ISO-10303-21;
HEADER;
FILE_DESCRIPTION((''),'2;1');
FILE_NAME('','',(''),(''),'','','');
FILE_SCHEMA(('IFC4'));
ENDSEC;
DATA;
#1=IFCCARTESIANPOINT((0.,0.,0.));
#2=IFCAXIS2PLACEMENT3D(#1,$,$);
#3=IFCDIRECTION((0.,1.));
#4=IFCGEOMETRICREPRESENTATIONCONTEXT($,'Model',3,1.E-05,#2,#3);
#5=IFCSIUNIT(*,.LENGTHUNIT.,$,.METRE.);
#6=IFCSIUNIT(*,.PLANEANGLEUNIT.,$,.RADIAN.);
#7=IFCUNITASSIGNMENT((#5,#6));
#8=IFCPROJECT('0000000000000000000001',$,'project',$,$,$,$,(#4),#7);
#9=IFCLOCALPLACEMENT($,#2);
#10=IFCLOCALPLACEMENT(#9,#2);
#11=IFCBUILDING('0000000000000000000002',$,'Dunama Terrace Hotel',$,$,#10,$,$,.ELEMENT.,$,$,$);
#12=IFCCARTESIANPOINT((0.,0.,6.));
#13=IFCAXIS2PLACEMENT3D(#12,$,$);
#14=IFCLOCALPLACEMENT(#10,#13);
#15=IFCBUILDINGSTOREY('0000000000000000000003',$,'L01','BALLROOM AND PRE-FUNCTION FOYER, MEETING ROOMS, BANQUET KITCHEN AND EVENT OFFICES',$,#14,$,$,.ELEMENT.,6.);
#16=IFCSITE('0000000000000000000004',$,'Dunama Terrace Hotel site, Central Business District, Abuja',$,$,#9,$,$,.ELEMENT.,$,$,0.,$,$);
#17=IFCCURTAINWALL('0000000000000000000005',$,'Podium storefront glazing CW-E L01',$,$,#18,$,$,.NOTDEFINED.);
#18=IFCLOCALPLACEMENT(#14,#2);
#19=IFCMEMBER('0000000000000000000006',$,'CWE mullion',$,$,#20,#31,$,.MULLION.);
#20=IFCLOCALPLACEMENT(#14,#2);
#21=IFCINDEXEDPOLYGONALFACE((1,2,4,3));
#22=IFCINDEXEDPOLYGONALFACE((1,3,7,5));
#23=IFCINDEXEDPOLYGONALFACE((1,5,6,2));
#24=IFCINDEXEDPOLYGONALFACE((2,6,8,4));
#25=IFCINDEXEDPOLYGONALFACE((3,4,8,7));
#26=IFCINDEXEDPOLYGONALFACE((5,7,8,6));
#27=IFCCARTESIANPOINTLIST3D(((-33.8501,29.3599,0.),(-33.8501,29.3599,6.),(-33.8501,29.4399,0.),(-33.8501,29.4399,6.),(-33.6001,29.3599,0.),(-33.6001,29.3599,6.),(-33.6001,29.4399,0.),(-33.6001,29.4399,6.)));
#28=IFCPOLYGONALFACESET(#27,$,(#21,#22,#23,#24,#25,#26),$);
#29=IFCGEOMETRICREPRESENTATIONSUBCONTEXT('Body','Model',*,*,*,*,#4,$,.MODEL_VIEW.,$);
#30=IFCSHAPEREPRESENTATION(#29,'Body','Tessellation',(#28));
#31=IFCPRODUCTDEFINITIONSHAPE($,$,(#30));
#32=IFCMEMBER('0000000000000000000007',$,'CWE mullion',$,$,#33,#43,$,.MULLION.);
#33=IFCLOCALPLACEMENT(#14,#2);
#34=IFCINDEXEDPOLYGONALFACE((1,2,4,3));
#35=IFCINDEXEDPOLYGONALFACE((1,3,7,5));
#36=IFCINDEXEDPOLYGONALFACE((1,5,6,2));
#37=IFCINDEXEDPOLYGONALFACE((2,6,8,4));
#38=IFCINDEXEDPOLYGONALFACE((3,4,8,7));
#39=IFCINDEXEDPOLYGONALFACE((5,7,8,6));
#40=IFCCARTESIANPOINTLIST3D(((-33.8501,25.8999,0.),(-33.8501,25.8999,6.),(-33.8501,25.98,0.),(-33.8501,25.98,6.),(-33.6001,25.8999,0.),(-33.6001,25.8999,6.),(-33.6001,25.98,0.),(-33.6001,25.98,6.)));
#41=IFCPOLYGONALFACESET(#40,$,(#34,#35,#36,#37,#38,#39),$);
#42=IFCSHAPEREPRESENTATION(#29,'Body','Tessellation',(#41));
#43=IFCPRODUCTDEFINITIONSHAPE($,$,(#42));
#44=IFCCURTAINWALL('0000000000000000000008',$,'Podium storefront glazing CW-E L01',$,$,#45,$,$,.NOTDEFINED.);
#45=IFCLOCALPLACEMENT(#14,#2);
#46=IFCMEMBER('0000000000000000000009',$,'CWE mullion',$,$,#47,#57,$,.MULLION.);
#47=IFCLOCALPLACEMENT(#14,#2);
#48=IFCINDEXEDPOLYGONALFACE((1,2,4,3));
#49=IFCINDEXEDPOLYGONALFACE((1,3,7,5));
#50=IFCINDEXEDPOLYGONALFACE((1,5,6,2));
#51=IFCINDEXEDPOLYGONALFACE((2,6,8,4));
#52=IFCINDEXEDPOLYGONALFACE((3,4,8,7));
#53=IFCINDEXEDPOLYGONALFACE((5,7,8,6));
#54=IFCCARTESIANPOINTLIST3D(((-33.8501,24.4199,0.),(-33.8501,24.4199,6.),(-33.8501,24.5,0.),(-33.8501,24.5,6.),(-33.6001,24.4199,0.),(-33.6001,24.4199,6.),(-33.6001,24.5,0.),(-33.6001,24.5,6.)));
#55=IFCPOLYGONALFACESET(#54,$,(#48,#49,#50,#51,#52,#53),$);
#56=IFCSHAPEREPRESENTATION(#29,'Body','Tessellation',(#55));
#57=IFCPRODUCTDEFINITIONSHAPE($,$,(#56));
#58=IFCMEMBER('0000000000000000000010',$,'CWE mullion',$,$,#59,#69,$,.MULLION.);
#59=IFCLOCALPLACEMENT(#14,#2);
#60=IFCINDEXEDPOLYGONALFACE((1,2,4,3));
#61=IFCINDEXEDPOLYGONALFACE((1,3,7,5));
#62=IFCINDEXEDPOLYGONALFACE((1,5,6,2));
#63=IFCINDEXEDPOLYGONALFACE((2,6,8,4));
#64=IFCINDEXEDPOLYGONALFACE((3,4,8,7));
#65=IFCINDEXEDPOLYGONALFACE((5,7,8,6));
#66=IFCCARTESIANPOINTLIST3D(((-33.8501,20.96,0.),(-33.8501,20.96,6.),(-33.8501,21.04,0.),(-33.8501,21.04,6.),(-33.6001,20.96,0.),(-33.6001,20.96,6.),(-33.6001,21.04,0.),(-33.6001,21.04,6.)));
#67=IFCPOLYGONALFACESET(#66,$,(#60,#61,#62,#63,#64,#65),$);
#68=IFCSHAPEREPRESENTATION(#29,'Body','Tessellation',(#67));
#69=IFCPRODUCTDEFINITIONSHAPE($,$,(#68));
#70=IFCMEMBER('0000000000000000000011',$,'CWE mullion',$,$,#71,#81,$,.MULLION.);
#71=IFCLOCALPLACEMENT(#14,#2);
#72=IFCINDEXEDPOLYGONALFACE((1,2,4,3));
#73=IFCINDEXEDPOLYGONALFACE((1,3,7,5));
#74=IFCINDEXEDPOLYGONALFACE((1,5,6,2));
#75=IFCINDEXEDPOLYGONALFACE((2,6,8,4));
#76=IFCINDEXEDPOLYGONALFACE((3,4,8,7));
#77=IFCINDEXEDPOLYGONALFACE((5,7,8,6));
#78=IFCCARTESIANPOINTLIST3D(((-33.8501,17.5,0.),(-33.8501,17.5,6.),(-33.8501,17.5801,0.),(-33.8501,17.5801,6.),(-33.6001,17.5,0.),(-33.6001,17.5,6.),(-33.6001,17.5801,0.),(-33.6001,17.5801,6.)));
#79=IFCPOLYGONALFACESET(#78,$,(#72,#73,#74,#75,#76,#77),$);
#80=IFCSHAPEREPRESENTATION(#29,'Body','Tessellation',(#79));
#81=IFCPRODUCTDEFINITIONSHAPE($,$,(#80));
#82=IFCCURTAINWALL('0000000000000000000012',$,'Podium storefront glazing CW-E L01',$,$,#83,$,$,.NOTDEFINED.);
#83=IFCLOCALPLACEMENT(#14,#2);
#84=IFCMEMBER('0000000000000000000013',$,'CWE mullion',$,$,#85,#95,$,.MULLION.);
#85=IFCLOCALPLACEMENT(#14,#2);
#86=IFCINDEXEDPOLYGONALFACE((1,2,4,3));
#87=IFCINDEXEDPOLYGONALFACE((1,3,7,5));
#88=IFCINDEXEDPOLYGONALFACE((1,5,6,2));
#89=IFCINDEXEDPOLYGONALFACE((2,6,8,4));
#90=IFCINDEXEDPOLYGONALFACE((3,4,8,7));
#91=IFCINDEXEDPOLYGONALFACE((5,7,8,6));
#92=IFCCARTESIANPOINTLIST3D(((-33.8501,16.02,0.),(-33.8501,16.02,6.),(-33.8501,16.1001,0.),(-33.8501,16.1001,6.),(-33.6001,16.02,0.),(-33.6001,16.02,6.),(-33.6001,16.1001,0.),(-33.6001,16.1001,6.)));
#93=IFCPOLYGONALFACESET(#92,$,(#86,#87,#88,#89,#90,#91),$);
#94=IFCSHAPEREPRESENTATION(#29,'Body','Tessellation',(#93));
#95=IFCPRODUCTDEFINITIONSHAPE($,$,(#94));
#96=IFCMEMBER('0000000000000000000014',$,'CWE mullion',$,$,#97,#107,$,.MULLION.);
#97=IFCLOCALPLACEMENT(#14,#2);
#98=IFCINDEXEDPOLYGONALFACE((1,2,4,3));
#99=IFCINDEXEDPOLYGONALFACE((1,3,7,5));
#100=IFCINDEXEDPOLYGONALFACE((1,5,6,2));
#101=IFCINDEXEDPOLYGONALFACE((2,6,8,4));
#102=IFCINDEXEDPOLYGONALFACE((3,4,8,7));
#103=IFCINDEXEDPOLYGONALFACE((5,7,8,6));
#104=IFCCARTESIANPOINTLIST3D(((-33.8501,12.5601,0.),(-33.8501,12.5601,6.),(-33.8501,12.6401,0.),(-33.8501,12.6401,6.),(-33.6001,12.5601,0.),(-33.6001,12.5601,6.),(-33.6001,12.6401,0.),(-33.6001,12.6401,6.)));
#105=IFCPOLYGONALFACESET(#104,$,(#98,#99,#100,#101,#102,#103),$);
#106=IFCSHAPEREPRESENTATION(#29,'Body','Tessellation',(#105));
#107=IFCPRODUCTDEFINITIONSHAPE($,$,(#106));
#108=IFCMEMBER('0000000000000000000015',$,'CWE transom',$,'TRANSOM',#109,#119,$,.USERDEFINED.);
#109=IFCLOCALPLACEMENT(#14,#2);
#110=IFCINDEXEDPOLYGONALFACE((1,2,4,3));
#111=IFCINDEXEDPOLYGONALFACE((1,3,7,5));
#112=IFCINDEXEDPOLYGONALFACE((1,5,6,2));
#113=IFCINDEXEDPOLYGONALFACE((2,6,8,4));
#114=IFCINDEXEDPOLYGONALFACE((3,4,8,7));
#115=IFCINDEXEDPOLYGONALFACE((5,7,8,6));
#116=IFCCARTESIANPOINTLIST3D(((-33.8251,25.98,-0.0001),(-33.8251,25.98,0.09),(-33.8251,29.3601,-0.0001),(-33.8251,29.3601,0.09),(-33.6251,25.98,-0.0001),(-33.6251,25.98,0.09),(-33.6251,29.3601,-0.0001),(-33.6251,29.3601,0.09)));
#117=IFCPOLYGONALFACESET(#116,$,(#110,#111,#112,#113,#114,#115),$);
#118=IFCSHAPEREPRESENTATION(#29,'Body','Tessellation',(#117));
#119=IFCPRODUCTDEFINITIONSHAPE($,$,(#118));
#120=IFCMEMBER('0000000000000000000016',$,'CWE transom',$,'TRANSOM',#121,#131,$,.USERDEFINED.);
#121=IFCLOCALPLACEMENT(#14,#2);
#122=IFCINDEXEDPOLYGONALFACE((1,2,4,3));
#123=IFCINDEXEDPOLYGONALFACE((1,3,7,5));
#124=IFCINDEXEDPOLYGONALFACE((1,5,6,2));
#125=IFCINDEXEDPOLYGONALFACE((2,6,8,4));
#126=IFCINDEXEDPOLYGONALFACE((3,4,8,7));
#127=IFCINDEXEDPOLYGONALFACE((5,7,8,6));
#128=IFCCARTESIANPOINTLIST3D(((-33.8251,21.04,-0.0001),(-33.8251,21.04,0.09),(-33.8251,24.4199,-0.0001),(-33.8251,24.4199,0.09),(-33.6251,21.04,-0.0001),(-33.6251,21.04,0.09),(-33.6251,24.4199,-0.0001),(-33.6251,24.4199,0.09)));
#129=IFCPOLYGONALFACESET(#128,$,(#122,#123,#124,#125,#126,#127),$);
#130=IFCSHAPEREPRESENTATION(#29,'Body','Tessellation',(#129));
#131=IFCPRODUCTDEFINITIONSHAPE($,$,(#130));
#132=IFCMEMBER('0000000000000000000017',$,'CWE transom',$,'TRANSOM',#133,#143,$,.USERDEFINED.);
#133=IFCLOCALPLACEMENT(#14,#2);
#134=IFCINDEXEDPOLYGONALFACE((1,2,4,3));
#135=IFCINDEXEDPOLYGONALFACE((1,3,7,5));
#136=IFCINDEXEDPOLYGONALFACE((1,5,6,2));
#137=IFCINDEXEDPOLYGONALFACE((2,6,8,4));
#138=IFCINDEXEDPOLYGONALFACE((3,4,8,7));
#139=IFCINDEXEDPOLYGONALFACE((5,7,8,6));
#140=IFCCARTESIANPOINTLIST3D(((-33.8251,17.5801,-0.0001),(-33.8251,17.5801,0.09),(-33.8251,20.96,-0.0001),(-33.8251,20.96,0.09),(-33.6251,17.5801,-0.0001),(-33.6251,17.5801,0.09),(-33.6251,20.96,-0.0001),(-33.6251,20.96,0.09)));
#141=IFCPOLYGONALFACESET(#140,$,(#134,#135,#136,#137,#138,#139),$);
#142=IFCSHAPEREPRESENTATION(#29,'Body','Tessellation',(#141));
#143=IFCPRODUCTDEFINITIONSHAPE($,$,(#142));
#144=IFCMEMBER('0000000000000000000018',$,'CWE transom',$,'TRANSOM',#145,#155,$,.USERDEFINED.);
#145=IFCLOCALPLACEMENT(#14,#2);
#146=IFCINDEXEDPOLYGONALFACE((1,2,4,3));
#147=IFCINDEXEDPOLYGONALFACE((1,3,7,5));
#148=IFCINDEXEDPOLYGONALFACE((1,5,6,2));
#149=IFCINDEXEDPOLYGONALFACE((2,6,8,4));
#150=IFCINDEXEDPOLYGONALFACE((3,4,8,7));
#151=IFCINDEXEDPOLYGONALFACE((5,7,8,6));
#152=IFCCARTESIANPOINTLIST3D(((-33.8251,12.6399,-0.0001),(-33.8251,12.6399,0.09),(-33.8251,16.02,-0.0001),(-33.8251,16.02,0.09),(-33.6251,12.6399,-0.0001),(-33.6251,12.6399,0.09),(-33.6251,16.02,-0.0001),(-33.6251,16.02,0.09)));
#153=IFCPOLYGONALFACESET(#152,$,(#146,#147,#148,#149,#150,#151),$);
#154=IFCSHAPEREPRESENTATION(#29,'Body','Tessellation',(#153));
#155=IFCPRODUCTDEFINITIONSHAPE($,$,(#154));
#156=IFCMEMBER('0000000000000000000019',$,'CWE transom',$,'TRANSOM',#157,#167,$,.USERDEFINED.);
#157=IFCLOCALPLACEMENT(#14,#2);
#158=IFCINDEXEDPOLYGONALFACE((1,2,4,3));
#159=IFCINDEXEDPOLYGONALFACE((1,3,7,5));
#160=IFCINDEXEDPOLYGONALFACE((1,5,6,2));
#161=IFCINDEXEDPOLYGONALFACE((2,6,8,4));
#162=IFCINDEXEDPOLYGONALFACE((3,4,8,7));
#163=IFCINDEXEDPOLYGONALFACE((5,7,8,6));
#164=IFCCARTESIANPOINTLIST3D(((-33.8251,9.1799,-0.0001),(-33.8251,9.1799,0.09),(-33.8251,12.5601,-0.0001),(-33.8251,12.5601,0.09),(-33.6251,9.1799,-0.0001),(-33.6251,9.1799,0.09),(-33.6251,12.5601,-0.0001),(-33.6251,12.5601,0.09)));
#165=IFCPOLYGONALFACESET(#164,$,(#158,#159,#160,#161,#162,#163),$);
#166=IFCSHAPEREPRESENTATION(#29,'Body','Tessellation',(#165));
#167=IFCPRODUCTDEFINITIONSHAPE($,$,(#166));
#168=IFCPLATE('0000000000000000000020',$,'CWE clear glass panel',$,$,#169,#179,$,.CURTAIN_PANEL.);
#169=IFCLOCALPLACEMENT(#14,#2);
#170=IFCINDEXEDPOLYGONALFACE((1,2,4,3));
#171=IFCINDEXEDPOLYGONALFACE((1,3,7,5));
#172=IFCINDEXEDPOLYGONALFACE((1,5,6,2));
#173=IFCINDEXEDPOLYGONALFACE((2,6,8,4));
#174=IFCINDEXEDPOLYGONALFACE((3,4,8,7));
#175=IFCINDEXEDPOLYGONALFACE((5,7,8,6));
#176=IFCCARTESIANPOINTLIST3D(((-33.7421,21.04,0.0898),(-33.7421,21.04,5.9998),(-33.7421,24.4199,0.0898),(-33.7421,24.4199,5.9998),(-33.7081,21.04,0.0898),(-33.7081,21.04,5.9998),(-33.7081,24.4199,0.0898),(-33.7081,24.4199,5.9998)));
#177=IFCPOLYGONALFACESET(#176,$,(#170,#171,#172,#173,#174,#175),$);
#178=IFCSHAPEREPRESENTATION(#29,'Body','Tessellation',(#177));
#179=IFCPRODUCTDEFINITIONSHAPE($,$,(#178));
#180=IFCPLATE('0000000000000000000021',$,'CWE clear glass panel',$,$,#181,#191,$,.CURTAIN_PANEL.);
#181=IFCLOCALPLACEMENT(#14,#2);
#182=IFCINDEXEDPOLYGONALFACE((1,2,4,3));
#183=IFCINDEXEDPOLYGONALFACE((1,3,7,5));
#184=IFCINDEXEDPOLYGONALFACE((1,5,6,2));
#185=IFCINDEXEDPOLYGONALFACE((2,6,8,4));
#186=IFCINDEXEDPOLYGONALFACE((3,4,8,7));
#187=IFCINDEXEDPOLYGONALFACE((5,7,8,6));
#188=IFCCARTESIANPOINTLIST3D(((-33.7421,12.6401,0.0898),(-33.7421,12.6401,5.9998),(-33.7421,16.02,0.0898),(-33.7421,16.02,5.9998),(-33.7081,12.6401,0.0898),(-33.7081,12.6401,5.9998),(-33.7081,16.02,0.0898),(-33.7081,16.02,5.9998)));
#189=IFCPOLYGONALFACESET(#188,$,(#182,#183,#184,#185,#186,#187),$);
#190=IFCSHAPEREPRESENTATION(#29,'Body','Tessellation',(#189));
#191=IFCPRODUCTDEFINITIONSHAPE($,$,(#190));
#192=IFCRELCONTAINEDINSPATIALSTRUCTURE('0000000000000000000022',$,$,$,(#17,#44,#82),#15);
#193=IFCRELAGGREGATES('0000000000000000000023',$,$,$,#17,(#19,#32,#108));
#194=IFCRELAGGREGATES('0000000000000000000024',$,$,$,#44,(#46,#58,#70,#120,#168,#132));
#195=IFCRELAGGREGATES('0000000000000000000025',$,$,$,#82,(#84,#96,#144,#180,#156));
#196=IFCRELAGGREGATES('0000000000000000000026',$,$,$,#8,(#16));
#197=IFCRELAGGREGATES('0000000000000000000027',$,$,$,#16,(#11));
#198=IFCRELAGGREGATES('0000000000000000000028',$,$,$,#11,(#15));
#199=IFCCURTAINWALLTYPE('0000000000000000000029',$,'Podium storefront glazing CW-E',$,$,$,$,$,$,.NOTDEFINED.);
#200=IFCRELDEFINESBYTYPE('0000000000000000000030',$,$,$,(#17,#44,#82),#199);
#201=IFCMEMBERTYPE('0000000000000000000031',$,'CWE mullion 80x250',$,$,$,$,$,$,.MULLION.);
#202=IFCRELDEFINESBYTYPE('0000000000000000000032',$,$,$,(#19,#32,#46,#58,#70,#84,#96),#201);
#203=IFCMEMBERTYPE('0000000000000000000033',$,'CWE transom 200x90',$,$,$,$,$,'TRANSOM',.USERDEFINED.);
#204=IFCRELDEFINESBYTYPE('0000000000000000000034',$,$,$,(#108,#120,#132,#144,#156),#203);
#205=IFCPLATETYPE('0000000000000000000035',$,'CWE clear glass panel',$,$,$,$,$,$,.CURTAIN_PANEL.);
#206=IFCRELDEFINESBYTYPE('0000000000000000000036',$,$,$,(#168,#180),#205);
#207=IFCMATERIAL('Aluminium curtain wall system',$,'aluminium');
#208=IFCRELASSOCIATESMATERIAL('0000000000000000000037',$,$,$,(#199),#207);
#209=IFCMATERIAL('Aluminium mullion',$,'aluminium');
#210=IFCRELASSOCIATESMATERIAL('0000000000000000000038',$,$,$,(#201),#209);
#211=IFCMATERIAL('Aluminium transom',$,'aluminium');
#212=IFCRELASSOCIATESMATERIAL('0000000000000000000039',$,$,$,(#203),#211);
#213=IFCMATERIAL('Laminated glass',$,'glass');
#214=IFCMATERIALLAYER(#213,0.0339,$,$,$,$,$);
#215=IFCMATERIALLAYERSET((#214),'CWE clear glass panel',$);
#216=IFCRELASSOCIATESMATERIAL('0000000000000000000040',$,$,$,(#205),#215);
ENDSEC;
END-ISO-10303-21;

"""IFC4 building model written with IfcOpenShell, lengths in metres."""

from ifc_helpers import new_model, si_unit, direction, frame, origin, origin_2d, place, context, subcontext, project, spatial, rectangle, extrude, material, layer, layer_set, material_profile, profile_set, type_object, element, aggregate, save


model = new_model("IFC4")

# Units and contexts
model_context = context("Model", 3, precision=1e-05, world=origin(), true_north=direction((0.0, 1.0)))
body_context = subcontext(model_context, "Body", "Model", "MODEL_VIEW")
ifc_project = project(units=[si_unit("LENGTHUNIT", "METRE"), si_unit("PLANEANGLEUNIT", "RADIAN")], contexts=[model_context])

# Site, building, storey
site_placement = place(None, origin())
site = spatial("IfcSite", under=ifc_project, at=site_placement, Name="Dunama Terrace Hotel site, Central Business District, Abuja", CompositionType="ELEMENT", RefElevation=0.0)
building_placement = place(site_placement, origin())
building = spatial("IfcBuilding", under=site, at=building_placement, Name="Dunama Terrace Hotel", CompositionType="ELEMENT")
storey_placement = place(building_placement, frame((0.0, 0.0, 6.0)))
storey = spatial("IfcBuildingStorey", under=building, at=storey_placement, Name="L01", Description="BALLROOM AND PRE-FUNCTION FOYER, MEETING ROOMS, BANQUET KITCHEN AND EVENT OFFICES", CompositionType="ELEMENT", Elevation=6.0)

# Curtain walls, members
ifc_material_1 = material(Name="Aluminium curtain wall system", Category="aluminium")
curtain_wall_type = type_object("IfcCurtainWallType", Name="Podium storefront glazing CW-E", PredefinedType="NOTDEFINED", material=ifc_material_1)
curtain_wall_1_placement = place(storey_placement, origin())
curtain_wall_1 = element("IfcCurtainWall", 1, at=curtain_wall_1_placement, inside=storey, type_object=curtain_wall_type, Name="Podium storefront glazing CW-E L01", PredefinedType="NOTDEFINED")
ifc_material_2 = material(Name="Aluminium mullion", Category="aluminium")
ifc_material_profile_1 = material_profile(ifc_material_2, rectangle(XDim=0.0801, YDim=0.25, at=origin_2d()), Name="CWE MULLION 80X250")
ifc_profile_set_1 = profile_set([ifc_material_profile_1], Name="Aluminium mullion")
member_type_1 = type_object("IfcMemberType", Name="CWE mullion 80x250", PredefinedType="MULLION", material=ifc_profile_set_1)
member_1_placement = place(storey_placement, frame((-33.7251, 29.3999, 0.0), z_axis=(0.0, 0.0, 1.0), x_axis=(0.0, -1.0, 0.0)))
member_1 = element("IfcMember", 2, at=member_1_placement, type_object=member_type_1, Name="CWE mullion", PredefinedType="MULLION", context=body_context, shape_type="SweptSolid", body=[
    extrude(rectangle(XDim=0.0801, YDim=0.25, at=origin_2d()), origin(), (0.0, 0.0, 1.0), 6.0),
])
member_2_placement = place(storey_placement, frame((-33.7251, 25.9399, 0.0), z_axis=(0.0, 0.0, 1.0), x_axis=(0.0, -1.0, 0.0)))
member_2 = element("IfcMember", 3, at=member_2_placement, type_object=member_type_1, Name="CWE mullion", PredefinedType="MULLION", context=body_context, shape_type="SweptSolid", body=[
    extrude(rectangle(XDim=0.0801, YDim=0.25, at=origin_2d()), origin(), (0.0, 0.0, 1.0), 6.0),
])
curtain_wall_2_placement = place(storey_placement, origin())
curtain_wall_2 = element("IfcCurtainWall", 4, at=curtain_wall_2_placement, inside=storey, type_object=curtain_wall_type, Name="Podium storefront glazing CW-E L01", PredefinedType="NOTDEFINED")
member_3_placement = place(storey_placement, frame((-33.7251, 24.46, 0.0), z_axis=(0.0, 0.0, 1.0), x_axis=(0.0, -1.0, 0.0)))
member_3 = element("IfcMember", 5, at=member_3_placement, type_object=member_type_1, Name="CWE mullion", PredefinedType="MULLION", context=body_context, shape_type="SweptSolid", body=[
    extrude(rectangle(XDim=0.0801, YDim=0.25, at=origin_2d()), origin(), (0.0, 0.0, 1.0), 6.0),
])
member_4_placement = place(storey_placement, frame((-33.7251, 21.0, 0.0), z_axis=(0.0, 0.0, 1.0), x_axis=(0.0, -1.0, 0.0)))
member_4 = element("IfcMember", 6, at=member_4_placement, type_object=member_type_1, Name="CWE mullion", PredefinedType="MULLION", context=body_context, shape_type="SweptSolid", body=[
    extrude(rectangle(XDim=0.0801, YDim=0.25, at=origin_2d()), origin(), (0.0, 0.0, 1.0), 6.0),
])
member_5_placement = place(storey_placement, frame((-33.7251, 17.54, 0.0), z_axis=(0.0, 0.0, 1.0), x_axis=(0.0, -1.0, 0.0)))
member_5 = element("IfcMember", 7, at=member_5_placement, type_object=member_type_1, Name="CWE mullion", PredefinedType="MULLION", context=body_context, shape_type="SweptSolid", body=[
    extrude(rectangle(XDim=0.0801, YDim=0.25, at=origin_2d()), origin(), (0.0, 0.0, 1.0), 6.0),
])
curtain_wall_3_placement = place(storey_placement, origin())
curtain_wall_3 = element("IfcCurtainWall", 8, at=curtain_wall_3_placement, inside=storey, type_object=curtain_wall_type, Name="Podium storefront glazing CW-E L01", PredefinedType="NOTDEFINED")
member_6_placement = place(storey_placement, frame((-33.7251, 16.0601, 0.0), z_axis=(0.0, 0.0, 1.0), x_axis=(0.0, -1.0, 0.0)))
member_6 = element("IfcMember", 9, at=member_6_placement, type_object=member_type_1, Name="CWE mullion", PredefinedType="MULLION", context=body_context, shape_type="SweptSolid", body=[
    extrude(rectangle(XDim=0.0801, YDim=0.25, at=origin_2d()), origin(), (0.0, 0.0, 1.0), 6.0),
])
member_7_placement = place(storey_placement, frame((-33.7251, 12.6001, 0.0), z_axis=(0.0, 0.0, 1.0), x_axis=(0.0, -1.0, 0.0)))
member_7 = element("IfcMember", 10, at=member_7_placement, type_object=member_type_1, Name="CWE mullion", PredefinedType="MULLION", context=body_context, shape_type="SweptSolid", body=[
    extrude(rectangle(XDim=0.0801, YDim=0.25, at=origin_2d()), origin(), (0.0, 0.0, 1.0), 6.0),
])

# Members
ifc_material_3 = material(Name="Aluminium transom", Category="aluminium")
ifc_material_profile_2 = material_profile(ifc_material_3, rectangle(XDim=0.2, YDim=0.0901, at=origin_2d()), Name="CWE TRANSOM 200X90")
ifc_profile_set_2 = profile_set([ifc_material_profile_2], Name="Aluminium transom")
member_type_2 = type_object("IfcMemberType", Name="CWE transom 200x90", ElementType="TRANSOM", PredefinedType="USERDEFINED", material=ifc_profile_set_2)
member_8_placement = place(storey_placement, frame((-33.7251, 29.3601, 0.0449), z_axis=(0.0, -1.0, 0.0), x_axis=(1.0, 0.0, 0.0)))
member_8 = element("IfcMember", 11, at=member_8_placement, type_object=member_type_2, Name="CWE transom", ObjectType="TRANSOM", PredefinedType="USERDEFINED", context=body_context, shape_type="SweptSolid", body=[
    extrude(rectangle(XDim=0.2, YDim=0.0901, at=origin_2d()), origin(), (0.0, 0.0, 1.0), 3.3801),
])
member_9_placement = place(storey_placement, frame((-33.7251, 24.4199, 0.0449), z_axis=(0.0, -1.0, 0.0), x_axis=(1.0, 0.0, 0.0)))
member_9 = element("IfcMember", 12, at=member_9_placement, type_object=member_type_2, Name="CWE transom", ObjectType="TRANSOM", PredefinedType="USERDEFINED", context=body_context, shape_type="SweptSolid", body=[
    extrude(rectangle(XDim=0.2, YDim=0.0901, at=origin_2d()), origin(), (0.0, 0.0, 1.0), 3.3799),
])
member_10_placement = place(storey_placement, frame((-33.7251, 20.96, 0.0449), z_axis=(0.0, -1.0, 0.0), x_axis=(1.0, 0.0, 0.0)))
member_10 = element("IfcMember", 13, at=member_10_placement, type_object=member_type_2, Name="CWE transom", ObjectType="TRANSOM", PredefinedType="USERDEFINED", context=body_context, shape_type="SweptSolid", body=[
    extrude(rectangle(XDim=0.2, YDim=0.0901, at=origin_2d()), origin(), (0.0, 0.0, 1.0), 3.3799),
])
member_11_placement = place(storey_placement, frame((-33.7251, 16.02, 0.0449), z_axis=(0.0, -1.0, 0.0), x_axis=(1.0, 0.0, 0.0)))
member_11 = element("IfcMember", 14, at=member_11_placement, type_object=member_type_2, Name="CWE transom", ObjectType="TRANSOM", PredefinedType="USERDEFINED", context=body_context, shape_type="SweptSolid", body=[
    extrude(rectangle(XDim=0.2, YDim=0.0901, at=origin_2d()), origin(), (0.0, 0.0, 1.0), 3.3801),
])
member_12_placement = place(storey_placement, frame((-33.7251, 12.5601, 0.0449), z_axis=(0.0, -1.0, 0.0), x_axis=(1.0, 0.0, 0.0)))
member_12 = element("IfcMember", 15, at=member_12_placement, type_object=member_type_2, Name="CWE transom", ObjectType="TRANSOM", PredefinedType="USERDEFINED", context=body_context, shape_type="SweptSolid", body=[
    extrude(rectangle(XDim=0.2, YDim=0.0901, at=origin_2d()), origin(), (0.0, 0.0, 1.0), 3.3801),
])

# Plates
ifc_material_4 = material(Name="Laminated glass", Category="glass")
ifc_layer_1 = layer(ifc_material_4, 0.0339)
ifc_layer_set_1 = layer_set([ifc_layer_1], Name="CWE clear glass panel")
plate_type_1 = type_object("IfcPlateType", Name="CWE clear glass panel", PredefinedType="CURTAIN_PANEL", material=ifc_layer_set_1)
plate_1_placement = place(storey_placement, frame((-33.7251, 22.73, 0.0898), z_axis=(0.0, 0.0, 1.0), x_axis=(0.0, -1.0, 0.0)))
plate_1 = element("IfcPlate", 16, at=plate_1_placement, type_object=plate_type_1, Name="CWE clear glass panel", PredefinedType="CURTAIN_PANEL", context=body_context, shape_type="SweptSolid", body=[
    extrude(rectangle(XDim=3.3799, YDim=0.0339, at=origin_2d()), origin(), (0.0, 0.0, 1.0), 5.9099),
])
plate_2_placement = place(storey_placement, frame((-33.7251, 14.3301, 0.0898), z_axis=(0.0, 0.0, 1.0), x_axis=(0.0, -1.0, 0.0)))
plate_2 = element("IfcPlate", 17, at=plate_2_placement, type_object=plate_type_1, Name="CWE clear glass panel", PredefinedType="CURTAIN_PANEL", context=body_context, shape_type="SweptSolid", body=[
    extrude(rectangle(XDim=3.3799, YDim=0.0339, at=origin_2d()), origin(), (0.0, 0.0, 1.0), 5.9099),
])
aggregate(curtain_wall_1, [member_1, member_2, member_8])
aggregate(curtain_wall_2, [member_3, member_4, member_5, member_9, plate_1, member_10])
aggregate(curtain_wall_3, [member_6, member_7, member_11, plate_2, member_12])

save(model, "model.ifc")
